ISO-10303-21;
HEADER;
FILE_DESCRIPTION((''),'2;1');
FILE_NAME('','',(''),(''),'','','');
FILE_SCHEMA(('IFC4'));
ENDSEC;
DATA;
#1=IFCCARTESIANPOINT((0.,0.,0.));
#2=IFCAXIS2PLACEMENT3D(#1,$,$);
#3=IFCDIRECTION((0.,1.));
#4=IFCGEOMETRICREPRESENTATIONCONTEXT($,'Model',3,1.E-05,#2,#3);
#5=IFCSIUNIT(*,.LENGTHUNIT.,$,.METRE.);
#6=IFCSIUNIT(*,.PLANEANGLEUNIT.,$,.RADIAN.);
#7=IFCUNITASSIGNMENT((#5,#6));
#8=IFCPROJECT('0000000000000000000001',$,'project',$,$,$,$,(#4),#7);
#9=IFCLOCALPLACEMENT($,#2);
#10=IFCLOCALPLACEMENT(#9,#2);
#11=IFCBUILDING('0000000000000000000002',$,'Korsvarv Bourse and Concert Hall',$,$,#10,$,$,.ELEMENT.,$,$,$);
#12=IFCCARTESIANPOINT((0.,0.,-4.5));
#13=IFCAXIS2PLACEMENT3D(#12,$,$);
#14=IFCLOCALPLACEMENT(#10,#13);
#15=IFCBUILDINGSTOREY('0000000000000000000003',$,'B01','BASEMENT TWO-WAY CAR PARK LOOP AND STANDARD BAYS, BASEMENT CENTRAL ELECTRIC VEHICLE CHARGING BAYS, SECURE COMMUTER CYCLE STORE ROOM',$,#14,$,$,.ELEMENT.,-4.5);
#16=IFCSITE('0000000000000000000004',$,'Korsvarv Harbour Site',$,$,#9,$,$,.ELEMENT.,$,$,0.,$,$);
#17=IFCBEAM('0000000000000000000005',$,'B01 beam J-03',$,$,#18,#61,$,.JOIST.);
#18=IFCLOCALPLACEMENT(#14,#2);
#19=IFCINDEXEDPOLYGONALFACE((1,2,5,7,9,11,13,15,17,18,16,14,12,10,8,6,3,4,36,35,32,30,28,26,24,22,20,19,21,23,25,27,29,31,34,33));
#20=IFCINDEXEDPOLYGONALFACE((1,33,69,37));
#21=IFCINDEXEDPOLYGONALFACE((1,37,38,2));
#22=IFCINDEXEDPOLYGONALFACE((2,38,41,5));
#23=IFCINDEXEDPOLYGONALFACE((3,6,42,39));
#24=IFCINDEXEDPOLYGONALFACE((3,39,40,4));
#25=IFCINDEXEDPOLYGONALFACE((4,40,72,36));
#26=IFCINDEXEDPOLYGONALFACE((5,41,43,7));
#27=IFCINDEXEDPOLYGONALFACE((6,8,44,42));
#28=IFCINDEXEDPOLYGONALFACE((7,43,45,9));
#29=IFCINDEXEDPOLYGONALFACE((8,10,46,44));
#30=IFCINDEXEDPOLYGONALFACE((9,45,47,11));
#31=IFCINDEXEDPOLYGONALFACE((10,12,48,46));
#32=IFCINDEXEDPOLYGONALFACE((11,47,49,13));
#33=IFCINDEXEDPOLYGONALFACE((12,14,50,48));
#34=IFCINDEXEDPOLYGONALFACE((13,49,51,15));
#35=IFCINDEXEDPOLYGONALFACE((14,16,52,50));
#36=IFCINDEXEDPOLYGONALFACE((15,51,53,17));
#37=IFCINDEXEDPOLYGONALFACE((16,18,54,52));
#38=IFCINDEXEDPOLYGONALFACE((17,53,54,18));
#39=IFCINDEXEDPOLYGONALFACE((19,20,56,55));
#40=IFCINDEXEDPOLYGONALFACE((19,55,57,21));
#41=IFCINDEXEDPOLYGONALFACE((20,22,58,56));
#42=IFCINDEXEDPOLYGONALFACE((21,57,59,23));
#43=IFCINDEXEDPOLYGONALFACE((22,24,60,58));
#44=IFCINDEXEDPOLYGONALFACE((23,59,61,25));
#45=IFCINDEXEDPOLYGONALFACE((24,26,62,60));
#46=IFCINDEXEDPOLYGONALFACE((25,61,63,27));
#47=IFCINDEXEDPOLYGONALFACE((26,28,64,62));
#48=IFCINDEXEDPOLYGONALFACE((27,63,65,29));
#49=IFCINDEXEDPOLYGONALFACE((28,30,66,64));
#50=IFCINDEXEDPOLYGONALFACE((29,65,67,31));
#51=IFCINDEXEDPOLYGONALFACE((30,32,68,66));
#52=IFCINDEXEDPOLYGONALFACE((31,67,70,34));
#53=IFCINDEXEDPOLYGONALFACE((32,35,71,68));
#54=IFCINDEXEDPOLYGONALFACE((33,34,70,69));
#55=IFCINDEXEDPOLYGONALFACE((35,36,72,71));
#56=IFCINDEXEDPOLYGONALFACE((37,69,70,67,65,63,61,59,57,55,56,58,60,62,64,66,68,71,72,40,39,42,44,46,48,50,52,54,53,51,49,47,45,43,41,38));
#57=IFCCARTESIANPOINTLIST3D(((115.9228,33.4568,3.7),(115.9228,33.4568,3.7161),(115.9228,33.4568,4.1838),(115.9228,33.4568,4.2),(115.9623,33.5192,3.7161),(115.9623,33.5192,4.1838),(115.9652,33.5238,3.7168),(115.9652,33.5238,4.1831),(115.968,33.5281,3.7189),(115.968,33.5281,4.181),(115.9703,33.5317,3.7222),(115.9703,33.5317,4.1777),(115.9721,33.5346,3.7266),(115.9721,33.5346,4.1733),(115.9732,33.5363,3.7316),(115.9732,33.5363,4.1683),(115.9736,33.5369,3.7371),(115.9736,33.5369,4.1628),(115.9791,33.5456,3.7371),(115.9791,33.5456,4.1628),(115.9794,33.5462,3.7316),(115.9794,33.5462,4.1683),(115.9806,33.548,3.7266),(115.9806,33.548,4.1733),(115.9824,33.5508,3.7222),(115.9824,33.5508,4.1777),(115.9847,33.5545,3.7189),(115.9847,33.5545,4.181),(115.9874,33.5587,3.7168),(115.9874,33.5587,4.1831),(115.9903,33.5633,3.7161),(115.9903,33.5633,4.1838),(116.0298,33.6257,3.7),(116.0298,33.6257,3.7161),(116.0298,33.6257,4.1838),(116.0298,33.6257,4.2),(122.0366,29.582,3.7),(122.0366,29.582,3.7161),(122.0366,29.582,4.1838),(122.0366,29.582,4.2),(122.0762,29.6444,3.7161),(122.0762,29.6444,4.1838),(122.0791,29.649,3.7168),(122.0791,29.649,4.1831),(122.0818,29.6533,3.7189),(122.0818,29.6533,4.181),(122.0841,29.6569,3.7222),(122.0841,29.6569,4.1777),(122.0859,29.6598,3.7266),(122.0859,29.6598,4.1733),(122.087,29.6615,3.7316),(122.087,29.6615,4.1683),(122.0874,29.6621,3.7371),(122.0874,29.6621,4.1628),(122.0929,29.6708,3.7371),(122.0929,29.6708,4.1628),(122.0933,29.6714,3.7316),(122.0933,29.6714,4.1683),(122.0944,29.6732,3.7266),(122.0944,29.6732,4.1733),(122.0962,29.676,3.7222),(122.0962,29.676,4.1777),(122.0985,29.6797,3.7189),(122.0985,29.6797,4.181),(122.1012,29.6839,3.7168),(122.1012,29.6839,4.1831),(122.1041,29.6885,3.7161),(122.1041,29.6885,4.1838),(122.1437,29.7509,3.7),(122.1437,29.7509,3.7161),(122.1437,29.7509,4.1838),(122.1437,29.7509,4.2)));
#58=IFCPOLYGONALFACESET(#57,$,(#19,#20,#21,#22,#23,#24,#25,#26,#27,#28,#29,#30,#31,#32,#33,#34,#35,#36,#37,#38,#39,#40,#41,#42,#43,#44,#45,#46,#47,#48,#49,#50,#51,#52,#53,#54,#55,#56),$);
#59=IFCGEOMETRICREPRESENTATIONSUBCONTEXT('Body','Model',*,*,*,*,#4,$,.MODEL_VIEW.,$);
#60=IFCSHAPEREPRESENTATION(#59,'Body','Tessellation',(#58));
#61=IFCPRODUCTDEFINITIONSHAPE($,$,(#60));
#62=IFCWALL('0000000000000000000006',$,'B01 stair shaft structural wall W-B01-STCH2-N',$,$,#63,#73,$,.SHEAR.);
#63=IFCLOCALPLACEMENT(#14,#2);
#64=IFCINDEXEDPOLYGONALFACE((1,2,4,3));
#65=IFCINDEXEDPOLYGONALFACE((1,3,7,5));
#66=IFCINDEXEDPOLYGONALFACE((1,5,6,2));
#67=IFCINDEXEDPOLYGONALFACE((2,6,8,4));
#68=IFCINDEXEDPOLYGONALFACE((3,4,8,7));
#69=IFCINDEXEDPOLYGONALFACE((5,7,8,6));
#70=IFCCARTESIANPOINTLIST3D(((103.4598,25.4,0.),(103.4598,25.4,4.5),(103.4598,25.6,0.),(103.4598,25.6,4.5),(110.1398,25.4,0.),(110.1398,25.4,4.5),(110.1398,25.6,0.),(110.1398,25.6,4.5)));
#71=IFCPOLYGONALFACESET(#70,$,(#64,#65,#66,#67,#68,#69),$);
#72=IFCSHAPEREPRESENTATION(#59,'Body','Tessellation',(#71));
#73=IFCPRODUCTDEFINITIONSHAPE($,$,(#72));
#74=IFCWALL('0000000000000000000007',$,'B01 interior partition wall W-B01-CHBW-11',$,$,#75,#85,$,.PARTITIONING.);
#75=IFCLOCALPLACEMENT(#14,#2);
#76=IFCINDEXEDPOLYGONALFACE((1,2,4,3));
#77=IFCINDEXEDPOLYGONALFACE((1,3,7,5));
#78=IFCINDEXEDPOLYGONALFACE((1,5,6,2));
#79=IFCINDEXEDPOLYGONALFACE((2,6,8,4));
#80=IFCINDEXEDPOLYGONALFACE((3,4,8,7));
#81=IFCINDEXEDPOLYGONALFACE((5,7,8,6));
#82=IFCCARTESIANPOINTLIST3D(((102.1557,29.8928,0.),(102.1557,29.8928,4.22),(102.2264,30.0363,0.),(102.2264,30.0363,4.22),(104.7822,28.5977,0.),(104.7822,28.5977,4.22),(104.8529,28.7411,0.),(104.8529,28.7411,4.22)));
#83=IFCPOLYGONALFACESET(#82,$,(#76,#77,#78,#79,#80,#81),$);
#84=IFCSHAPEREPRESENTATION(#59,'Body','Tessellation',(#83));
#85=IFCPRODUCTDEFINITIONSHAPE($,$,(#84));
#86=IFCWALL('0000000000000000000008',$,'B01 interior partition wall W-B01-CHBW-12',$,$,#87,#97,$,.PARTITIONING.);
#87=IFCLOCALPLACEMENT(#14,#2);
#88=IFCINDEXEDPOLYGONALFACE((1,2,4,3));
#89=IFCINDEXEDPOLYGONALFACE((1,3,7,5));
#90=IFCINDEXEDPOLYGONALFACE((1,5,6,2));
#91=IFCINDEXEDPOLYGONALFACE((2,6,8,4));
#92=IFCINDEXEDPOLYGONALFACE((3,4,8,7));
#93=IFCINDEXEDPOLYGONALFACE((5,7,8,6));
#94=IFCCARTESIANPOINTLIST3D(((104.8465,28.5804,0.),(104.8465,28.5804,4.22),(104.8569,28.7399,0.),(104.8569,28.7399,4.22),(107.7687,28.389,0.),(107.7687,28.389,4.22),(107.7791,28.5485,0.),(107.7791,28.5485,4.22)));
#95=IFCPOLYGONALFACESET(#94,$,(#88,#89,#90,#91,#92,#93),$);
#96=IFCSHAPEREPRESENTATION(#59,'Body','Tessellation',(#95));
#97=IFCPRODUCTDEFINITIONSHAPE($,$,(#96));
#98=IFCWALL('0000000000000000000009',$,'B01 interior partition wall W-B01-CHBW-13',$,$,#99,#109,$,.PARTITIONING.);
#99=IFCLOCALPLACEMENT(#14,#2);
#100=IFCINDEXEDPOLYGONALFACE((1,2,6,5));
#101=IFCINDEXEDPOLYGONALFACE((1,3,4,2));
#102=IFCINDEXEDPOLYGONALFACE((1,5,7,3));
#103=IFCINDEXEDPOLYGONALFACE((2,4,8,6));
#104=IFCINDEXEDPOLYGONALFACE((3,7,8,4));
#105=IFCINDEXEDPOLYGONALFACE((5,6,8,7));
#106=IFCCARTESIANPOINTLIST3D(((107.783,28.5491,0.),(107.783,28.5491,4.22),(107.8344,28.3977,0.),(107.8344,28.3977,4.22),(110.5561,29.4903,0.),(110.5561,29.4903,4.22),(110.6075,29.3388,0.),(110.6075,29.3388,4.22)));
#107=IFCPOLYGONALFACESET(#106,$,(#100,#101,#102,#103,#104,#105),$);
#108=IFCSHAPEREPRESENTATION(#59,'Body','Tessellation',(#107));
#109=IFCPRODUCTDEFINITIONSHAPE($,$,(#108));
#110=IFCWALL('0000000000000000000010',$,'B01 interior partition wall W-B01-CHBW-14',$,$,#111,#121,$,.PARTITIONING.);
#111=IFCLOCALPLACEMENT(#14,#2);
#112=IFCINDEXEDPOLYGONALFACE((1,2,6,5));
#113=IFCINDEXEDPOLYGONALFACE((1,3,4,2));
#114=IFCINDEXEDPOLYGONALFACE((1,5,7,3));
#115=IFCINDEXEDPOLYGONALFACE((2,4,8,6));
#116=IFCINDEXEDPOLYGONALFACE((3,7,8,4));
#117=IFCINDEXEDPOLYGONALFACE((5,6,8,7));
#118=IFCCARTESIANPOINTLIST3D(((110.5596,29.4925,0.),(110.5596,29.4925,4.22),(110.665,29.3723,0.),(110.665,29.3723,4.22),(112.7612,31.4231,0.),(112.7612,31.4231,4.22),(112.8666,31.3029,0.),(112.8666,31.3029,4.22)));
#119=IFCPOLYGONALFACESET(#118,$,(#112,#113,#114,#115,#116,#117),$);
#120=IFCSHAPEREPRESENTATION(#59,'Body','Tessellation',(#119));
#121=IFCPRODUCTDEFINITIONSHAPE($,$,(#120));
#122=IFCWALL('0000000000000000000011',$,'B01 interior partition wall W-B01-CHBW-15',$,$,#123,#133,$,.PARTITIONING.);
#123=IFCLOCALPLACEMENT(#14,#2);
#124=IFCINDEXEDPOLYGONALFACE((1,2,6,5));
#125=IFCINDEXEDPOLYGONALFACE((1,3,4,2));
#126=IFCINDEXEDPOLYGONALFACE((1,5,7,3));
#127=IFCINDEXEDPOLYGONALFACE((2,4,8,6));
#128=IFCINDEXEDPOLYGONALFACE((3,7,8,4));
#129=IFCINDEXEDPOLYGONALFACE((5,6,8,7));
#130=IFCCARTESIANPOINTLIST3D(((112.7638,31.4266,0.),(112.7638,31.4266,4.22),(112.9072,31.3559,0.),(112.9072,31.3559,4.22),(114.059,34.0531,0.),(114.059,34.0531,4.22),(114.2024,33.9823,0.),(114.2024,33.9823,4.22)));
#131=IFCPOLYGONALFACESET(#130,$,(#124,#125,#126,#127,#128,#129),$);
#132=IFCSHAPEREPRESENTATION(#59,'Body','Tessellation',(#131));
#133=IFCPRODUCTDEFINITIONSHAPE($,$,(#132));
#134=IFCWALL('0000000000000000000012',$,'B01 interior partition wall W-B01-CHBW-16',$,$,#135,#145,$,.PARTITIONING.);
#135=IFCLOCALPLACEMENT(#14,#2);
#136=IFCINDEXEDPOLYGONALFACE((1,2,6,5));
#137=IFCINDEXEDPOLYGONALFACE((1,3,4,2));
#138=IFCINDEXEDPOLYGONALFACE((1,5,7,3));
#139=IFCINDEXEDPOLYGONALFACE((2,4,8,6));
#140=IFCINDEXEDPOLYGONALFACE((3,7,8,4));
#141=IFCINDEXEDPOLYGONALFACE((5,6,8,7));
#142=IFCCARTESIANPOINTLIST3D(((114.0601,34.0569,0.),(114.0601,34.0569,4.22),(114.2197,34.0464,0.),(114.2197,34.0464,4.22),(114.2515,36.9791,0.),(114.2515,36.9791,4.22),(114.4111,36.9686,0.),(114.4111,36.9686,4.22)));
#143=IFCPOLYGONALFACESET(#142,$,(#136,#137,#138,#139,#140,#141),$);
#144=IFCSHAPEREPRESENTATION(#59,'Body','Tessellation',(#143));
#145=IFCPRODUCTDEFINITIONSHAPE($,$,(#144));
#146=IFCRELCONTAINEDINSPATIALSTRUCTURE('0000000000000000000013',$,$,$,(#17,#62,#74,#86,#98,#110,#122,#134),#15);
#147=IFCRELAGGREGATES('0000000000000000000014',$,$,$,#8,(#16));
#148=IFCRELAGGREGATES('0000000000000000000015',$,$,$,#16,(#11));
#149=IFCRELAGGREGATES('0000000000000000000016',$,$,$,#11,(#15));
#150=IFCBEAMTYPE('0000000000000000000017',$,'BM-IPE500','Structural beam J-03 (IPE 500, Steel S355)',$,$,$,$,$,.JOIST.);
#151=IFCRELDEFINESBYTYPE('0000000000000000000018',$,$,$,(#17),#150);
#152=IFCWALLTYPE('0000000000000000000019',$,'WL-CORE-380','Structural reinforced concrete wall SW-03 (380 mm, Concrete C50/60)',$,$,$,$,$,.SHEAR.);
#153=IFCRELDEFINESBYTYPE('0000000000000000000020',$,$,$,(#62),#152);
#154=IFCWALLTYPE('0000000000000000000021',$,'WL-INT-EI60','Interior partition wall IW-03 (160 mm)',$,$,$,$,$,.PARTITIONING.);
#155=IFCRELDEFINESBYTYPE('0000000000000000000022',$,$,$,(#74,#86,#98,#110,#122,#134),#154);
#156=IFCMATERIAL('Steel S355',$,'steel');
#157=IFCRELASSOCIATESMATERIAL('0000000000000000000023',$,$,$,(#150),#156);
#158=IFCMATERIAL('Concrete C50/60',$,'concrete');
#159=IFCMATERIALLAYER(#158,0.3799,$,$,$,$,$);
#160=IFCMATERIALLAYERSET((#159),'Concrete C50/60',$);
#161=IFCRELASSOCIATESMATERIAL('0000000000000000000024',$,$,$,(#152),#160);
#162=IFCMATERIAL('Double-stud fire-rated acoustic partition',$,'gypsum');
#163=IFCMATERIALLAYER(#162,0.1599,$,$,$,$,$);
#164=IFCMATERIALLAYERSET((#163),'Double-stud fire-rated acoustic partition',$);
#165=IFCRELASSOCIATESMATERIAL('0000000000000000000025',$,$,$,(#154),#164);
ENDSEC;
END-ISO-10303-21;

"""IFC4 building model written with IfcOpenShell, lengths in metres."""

from ifc_helpers import new_model, si_unit, direction, frame, frame_2d, origin, origin_2d, place, context, subcontext, project, spatial, rectangle, i_section, extrude, source, transform, mapped, material, layer, layer_set, material_profile, profile_set, type_object, element, save


model = new_model("IFC4")

# Units and contexts
model_context = context("Model", 3, precision=1e-05, world=origin(), true_north=direction((0.0, 1.0)))
body_context = subcontext(model_context, "Body", "Model", "MODEL_VIEW")
ifc_project = project(units=[si_unit("LENGTHUNIT", "METRE"), si_unit("PLANEANGLEUNIT", "RADIAN")], contexts=[model_context])

# Site, building, storey
site_placement = place(None, origin())
site = spatial("IfcSite", under=ifc_project, at=site_placement, Name="Korsvarv Harbour Site", CompositionType="ELEMENT", RefElevation=0.0)
building_placement = place(site_placement, origin())
building = spatial("IfcBuilding", under=site, at=building_placement, Name="Korsvarv Bourse and Concert Hall", CompositionType="ELEMENT")
storey_placement = place(building_placement, frame((0.0, 0.0, -4.5)))
storey = spatial("IfcBuildingStorey", under=building, at=storey_placement, Name="B01", Description="BASEMENT TWO-WAY CAR PARK LOOP AND STANDARD BAYS, BASEMENT CENTRAL ELECTRIC VEHICLE CHARGING BAYS, SECURE COMMUTER CYCLE STORE ROOM", CompositionType="ELEMENT", Elevation=-4.5)

# Shared definitions
ifc_material_1 = material(Name="Concrete C50/60", Category="concrete")

# Beam
ifc_material_2 = material(Name="Steel S355", Category="steel")
ifc_material_profile_1 = material_profile(ifc_material_2, i_section(OverallWidth=0.2, OverallDepth=0.5, WebThickness=0.0103, FlangeThickness=0.0161, FilletRadius=0.021, at=origin_2d()), Name="IPE 500")
ifc_profile_set_1 = profile_set([ifc_material_profile_1], Name="Steel S355")
beam_type_1 = type_object("IfcBeamType", Name="BM-IPE500", Description="Structural beam J-03 (IPE 500, Steel S355)", PredefinedType="JOIST", material=ifc_profile_set_1)
shared_shape_1 = source(origin(), body_context, "Body", "SweptSolid", [
    extrude(i_section(OverallWidth=0.2, OverallDepth=0.5, WebThickness=0.0103, FlangeThickness=0.0161, FilletRadius=0.021, at=origin_2d()), origin(), (0.0, 0.0, 1.0), 7.2383),
])
beam_1_placement = place(storey_placement, frame((115.9763, 33.5413, 3.95), z_axis=(0.84465, -0.535318, 0.0), x_axis=(0.535318, 0.84465, 0.0)))
element("IfcBeam", 1, at=beam_1_placement, inside=storey, type_object=beam_type_1, Name="B01 beam J-03", PredefinedType="JOIST", context=body_context, shape_type="MappedRepresentation", body=[
    mapped(shared_shape_1, transform((0.0, 0.0, 0.0), scale=1.0)),
])

# Walls
ifc_layer_1 = layer(ifc_material_1, 0.3799)
ifc_layer_set_1 = layer_set([ifc_layer_1], Name="Concrete C50/60")
wall_type_1 = type_object("IfcWallType", Name="WL-CORE-380", Description="Structural reinforced concrete wall SW-03 (380 mm, Concrete C50/60)", PredefinedType="SHEAR", material=ifc_layer_set_1)
wall_1_placement = place(storey_placement, frame((103.46, 25.5, 0.0), z_axis=(0.0, 0.0, 1.0), x_axis=(1.0, 0.0, 0.0)))
element("IfcWall", 2, at=wall_1_placement, inside=storey, type_object=wall_type_1, Name="B01 stair shaft structural wall W-B01-STCH2-N", PredefinedType="SHEAR", context=body_context, shape_type="SweptSolid", body=[
    extrude(rectangle(XDim=6.6799, YDim=0.2, at=frame_2d((3.3398, 0.0))), origin(), (0.0, 0.0, 1.0), 4.5),
])
ifc_material_3 = material(Name="Double-stud fire-rated acoustic partition", Category="gypsum")
ifc_layer_2 = layer(ifc_material_3, 0.1599)
ifc_layer_set_2 = layer_set([ifc_layer_2], Name="Double-stud fire-rated acoustic partition")
wall_type_2 = type_object("IfcWallType", Name="WL-INT-EI60", Description="Interior partition wall IW-03 (160 mm)", PredefinedType="PARTITIONING", material=ifc_layer_set_2)
for number, where, z_axis, x_axis, name in (
    (3, (102.1909, 29.9646, 0.0), (0.0, 0.0, 1.0), (0.896881, -0.442271, 0.0), "B01 interior partition wall W-B01-CHBW-11"),
    (4, (104.8516, 28.6602, 0.0), (0.0, 0.0, 1.0), (0.997862, -0.065362, 0.0), "B01 interior partition wall W-B01-CHBW-12"),
    (5, (107.8086, 28.4734, 0.0), (0.0, 0.0, 1.0), (0.946952, 0.321375, 0.0), "B01 interior partition wall W-B01-CHBW-13"),
):
    element("IfcWall", number, at=place(storey_placement, frame(where, z_axis=z_axis, x_axis=x_axis)), inside=storey, type_object=wall_type_2, Name=name, PredefinedType="PARTITIONING", context=body_context, shape_type="SweptSolid", body=[
        extrude(rectangle(XDim=2.9285, YDim=0.1599, at=frame_2d((1.4644, 0.0))), origin(), (0.0, 0.0, 1.0), 4.22),
    ])
wall_2_placement = place(storey_placement, frame((110.6123, 29.4324, 0.0), z_axis=(0.0, 0.0, 1.0), x_axis=(0.751864, 0.659319, 0.0)))
element("IfcWall", 6, at=wall_2_placement, inside=storey, type_object=wall_type_2, Name="B01 interior partition wall W-B01-CHBW-14", PredefinedType="PARTITIONING", context=body_context, shape_type="SweptSolid", body=[
    extrude(rectangle(XDim=2.9282, YDim=0.1599, at=frame_2d((1.4641, 0.0))), origin(), (0.0, 0.0, 1.0), 4.22),
])
for number, where, z_axis, x_axis, name in (
    (7, (112.8354, 31.3911, 0.0), (0.0, 0.0, 1.0), (0.442271, 0.896881, 0.0), "B01 interior partition wall W-B01-CHBW-15"),
    (8, (114.1399, 34.0515, 0.0), (0.0, 0.0, 1.0), (0.065362, 0.997862, 0.0), "B01 interior partition wall W-B01-CHBW-16"),
):
    element("IfcWall", number, at=place(storey_placement, frame(where, z_axis=z_axis, x_axis=x_axis)), inside=storey, type_object=wall_type_2, Name=name, PredefinedType="PARTITIONING", context=body_context, shape_type="SweptSolid", body=[
        extrude(rectangle(XDim=2.9285, YDim=0.1599, at=frame_2d((1.4644, 0.0))), origin(), (0.0, 0.0, 1.0), 4.22),
    ])

save(model, "model.ifc")
